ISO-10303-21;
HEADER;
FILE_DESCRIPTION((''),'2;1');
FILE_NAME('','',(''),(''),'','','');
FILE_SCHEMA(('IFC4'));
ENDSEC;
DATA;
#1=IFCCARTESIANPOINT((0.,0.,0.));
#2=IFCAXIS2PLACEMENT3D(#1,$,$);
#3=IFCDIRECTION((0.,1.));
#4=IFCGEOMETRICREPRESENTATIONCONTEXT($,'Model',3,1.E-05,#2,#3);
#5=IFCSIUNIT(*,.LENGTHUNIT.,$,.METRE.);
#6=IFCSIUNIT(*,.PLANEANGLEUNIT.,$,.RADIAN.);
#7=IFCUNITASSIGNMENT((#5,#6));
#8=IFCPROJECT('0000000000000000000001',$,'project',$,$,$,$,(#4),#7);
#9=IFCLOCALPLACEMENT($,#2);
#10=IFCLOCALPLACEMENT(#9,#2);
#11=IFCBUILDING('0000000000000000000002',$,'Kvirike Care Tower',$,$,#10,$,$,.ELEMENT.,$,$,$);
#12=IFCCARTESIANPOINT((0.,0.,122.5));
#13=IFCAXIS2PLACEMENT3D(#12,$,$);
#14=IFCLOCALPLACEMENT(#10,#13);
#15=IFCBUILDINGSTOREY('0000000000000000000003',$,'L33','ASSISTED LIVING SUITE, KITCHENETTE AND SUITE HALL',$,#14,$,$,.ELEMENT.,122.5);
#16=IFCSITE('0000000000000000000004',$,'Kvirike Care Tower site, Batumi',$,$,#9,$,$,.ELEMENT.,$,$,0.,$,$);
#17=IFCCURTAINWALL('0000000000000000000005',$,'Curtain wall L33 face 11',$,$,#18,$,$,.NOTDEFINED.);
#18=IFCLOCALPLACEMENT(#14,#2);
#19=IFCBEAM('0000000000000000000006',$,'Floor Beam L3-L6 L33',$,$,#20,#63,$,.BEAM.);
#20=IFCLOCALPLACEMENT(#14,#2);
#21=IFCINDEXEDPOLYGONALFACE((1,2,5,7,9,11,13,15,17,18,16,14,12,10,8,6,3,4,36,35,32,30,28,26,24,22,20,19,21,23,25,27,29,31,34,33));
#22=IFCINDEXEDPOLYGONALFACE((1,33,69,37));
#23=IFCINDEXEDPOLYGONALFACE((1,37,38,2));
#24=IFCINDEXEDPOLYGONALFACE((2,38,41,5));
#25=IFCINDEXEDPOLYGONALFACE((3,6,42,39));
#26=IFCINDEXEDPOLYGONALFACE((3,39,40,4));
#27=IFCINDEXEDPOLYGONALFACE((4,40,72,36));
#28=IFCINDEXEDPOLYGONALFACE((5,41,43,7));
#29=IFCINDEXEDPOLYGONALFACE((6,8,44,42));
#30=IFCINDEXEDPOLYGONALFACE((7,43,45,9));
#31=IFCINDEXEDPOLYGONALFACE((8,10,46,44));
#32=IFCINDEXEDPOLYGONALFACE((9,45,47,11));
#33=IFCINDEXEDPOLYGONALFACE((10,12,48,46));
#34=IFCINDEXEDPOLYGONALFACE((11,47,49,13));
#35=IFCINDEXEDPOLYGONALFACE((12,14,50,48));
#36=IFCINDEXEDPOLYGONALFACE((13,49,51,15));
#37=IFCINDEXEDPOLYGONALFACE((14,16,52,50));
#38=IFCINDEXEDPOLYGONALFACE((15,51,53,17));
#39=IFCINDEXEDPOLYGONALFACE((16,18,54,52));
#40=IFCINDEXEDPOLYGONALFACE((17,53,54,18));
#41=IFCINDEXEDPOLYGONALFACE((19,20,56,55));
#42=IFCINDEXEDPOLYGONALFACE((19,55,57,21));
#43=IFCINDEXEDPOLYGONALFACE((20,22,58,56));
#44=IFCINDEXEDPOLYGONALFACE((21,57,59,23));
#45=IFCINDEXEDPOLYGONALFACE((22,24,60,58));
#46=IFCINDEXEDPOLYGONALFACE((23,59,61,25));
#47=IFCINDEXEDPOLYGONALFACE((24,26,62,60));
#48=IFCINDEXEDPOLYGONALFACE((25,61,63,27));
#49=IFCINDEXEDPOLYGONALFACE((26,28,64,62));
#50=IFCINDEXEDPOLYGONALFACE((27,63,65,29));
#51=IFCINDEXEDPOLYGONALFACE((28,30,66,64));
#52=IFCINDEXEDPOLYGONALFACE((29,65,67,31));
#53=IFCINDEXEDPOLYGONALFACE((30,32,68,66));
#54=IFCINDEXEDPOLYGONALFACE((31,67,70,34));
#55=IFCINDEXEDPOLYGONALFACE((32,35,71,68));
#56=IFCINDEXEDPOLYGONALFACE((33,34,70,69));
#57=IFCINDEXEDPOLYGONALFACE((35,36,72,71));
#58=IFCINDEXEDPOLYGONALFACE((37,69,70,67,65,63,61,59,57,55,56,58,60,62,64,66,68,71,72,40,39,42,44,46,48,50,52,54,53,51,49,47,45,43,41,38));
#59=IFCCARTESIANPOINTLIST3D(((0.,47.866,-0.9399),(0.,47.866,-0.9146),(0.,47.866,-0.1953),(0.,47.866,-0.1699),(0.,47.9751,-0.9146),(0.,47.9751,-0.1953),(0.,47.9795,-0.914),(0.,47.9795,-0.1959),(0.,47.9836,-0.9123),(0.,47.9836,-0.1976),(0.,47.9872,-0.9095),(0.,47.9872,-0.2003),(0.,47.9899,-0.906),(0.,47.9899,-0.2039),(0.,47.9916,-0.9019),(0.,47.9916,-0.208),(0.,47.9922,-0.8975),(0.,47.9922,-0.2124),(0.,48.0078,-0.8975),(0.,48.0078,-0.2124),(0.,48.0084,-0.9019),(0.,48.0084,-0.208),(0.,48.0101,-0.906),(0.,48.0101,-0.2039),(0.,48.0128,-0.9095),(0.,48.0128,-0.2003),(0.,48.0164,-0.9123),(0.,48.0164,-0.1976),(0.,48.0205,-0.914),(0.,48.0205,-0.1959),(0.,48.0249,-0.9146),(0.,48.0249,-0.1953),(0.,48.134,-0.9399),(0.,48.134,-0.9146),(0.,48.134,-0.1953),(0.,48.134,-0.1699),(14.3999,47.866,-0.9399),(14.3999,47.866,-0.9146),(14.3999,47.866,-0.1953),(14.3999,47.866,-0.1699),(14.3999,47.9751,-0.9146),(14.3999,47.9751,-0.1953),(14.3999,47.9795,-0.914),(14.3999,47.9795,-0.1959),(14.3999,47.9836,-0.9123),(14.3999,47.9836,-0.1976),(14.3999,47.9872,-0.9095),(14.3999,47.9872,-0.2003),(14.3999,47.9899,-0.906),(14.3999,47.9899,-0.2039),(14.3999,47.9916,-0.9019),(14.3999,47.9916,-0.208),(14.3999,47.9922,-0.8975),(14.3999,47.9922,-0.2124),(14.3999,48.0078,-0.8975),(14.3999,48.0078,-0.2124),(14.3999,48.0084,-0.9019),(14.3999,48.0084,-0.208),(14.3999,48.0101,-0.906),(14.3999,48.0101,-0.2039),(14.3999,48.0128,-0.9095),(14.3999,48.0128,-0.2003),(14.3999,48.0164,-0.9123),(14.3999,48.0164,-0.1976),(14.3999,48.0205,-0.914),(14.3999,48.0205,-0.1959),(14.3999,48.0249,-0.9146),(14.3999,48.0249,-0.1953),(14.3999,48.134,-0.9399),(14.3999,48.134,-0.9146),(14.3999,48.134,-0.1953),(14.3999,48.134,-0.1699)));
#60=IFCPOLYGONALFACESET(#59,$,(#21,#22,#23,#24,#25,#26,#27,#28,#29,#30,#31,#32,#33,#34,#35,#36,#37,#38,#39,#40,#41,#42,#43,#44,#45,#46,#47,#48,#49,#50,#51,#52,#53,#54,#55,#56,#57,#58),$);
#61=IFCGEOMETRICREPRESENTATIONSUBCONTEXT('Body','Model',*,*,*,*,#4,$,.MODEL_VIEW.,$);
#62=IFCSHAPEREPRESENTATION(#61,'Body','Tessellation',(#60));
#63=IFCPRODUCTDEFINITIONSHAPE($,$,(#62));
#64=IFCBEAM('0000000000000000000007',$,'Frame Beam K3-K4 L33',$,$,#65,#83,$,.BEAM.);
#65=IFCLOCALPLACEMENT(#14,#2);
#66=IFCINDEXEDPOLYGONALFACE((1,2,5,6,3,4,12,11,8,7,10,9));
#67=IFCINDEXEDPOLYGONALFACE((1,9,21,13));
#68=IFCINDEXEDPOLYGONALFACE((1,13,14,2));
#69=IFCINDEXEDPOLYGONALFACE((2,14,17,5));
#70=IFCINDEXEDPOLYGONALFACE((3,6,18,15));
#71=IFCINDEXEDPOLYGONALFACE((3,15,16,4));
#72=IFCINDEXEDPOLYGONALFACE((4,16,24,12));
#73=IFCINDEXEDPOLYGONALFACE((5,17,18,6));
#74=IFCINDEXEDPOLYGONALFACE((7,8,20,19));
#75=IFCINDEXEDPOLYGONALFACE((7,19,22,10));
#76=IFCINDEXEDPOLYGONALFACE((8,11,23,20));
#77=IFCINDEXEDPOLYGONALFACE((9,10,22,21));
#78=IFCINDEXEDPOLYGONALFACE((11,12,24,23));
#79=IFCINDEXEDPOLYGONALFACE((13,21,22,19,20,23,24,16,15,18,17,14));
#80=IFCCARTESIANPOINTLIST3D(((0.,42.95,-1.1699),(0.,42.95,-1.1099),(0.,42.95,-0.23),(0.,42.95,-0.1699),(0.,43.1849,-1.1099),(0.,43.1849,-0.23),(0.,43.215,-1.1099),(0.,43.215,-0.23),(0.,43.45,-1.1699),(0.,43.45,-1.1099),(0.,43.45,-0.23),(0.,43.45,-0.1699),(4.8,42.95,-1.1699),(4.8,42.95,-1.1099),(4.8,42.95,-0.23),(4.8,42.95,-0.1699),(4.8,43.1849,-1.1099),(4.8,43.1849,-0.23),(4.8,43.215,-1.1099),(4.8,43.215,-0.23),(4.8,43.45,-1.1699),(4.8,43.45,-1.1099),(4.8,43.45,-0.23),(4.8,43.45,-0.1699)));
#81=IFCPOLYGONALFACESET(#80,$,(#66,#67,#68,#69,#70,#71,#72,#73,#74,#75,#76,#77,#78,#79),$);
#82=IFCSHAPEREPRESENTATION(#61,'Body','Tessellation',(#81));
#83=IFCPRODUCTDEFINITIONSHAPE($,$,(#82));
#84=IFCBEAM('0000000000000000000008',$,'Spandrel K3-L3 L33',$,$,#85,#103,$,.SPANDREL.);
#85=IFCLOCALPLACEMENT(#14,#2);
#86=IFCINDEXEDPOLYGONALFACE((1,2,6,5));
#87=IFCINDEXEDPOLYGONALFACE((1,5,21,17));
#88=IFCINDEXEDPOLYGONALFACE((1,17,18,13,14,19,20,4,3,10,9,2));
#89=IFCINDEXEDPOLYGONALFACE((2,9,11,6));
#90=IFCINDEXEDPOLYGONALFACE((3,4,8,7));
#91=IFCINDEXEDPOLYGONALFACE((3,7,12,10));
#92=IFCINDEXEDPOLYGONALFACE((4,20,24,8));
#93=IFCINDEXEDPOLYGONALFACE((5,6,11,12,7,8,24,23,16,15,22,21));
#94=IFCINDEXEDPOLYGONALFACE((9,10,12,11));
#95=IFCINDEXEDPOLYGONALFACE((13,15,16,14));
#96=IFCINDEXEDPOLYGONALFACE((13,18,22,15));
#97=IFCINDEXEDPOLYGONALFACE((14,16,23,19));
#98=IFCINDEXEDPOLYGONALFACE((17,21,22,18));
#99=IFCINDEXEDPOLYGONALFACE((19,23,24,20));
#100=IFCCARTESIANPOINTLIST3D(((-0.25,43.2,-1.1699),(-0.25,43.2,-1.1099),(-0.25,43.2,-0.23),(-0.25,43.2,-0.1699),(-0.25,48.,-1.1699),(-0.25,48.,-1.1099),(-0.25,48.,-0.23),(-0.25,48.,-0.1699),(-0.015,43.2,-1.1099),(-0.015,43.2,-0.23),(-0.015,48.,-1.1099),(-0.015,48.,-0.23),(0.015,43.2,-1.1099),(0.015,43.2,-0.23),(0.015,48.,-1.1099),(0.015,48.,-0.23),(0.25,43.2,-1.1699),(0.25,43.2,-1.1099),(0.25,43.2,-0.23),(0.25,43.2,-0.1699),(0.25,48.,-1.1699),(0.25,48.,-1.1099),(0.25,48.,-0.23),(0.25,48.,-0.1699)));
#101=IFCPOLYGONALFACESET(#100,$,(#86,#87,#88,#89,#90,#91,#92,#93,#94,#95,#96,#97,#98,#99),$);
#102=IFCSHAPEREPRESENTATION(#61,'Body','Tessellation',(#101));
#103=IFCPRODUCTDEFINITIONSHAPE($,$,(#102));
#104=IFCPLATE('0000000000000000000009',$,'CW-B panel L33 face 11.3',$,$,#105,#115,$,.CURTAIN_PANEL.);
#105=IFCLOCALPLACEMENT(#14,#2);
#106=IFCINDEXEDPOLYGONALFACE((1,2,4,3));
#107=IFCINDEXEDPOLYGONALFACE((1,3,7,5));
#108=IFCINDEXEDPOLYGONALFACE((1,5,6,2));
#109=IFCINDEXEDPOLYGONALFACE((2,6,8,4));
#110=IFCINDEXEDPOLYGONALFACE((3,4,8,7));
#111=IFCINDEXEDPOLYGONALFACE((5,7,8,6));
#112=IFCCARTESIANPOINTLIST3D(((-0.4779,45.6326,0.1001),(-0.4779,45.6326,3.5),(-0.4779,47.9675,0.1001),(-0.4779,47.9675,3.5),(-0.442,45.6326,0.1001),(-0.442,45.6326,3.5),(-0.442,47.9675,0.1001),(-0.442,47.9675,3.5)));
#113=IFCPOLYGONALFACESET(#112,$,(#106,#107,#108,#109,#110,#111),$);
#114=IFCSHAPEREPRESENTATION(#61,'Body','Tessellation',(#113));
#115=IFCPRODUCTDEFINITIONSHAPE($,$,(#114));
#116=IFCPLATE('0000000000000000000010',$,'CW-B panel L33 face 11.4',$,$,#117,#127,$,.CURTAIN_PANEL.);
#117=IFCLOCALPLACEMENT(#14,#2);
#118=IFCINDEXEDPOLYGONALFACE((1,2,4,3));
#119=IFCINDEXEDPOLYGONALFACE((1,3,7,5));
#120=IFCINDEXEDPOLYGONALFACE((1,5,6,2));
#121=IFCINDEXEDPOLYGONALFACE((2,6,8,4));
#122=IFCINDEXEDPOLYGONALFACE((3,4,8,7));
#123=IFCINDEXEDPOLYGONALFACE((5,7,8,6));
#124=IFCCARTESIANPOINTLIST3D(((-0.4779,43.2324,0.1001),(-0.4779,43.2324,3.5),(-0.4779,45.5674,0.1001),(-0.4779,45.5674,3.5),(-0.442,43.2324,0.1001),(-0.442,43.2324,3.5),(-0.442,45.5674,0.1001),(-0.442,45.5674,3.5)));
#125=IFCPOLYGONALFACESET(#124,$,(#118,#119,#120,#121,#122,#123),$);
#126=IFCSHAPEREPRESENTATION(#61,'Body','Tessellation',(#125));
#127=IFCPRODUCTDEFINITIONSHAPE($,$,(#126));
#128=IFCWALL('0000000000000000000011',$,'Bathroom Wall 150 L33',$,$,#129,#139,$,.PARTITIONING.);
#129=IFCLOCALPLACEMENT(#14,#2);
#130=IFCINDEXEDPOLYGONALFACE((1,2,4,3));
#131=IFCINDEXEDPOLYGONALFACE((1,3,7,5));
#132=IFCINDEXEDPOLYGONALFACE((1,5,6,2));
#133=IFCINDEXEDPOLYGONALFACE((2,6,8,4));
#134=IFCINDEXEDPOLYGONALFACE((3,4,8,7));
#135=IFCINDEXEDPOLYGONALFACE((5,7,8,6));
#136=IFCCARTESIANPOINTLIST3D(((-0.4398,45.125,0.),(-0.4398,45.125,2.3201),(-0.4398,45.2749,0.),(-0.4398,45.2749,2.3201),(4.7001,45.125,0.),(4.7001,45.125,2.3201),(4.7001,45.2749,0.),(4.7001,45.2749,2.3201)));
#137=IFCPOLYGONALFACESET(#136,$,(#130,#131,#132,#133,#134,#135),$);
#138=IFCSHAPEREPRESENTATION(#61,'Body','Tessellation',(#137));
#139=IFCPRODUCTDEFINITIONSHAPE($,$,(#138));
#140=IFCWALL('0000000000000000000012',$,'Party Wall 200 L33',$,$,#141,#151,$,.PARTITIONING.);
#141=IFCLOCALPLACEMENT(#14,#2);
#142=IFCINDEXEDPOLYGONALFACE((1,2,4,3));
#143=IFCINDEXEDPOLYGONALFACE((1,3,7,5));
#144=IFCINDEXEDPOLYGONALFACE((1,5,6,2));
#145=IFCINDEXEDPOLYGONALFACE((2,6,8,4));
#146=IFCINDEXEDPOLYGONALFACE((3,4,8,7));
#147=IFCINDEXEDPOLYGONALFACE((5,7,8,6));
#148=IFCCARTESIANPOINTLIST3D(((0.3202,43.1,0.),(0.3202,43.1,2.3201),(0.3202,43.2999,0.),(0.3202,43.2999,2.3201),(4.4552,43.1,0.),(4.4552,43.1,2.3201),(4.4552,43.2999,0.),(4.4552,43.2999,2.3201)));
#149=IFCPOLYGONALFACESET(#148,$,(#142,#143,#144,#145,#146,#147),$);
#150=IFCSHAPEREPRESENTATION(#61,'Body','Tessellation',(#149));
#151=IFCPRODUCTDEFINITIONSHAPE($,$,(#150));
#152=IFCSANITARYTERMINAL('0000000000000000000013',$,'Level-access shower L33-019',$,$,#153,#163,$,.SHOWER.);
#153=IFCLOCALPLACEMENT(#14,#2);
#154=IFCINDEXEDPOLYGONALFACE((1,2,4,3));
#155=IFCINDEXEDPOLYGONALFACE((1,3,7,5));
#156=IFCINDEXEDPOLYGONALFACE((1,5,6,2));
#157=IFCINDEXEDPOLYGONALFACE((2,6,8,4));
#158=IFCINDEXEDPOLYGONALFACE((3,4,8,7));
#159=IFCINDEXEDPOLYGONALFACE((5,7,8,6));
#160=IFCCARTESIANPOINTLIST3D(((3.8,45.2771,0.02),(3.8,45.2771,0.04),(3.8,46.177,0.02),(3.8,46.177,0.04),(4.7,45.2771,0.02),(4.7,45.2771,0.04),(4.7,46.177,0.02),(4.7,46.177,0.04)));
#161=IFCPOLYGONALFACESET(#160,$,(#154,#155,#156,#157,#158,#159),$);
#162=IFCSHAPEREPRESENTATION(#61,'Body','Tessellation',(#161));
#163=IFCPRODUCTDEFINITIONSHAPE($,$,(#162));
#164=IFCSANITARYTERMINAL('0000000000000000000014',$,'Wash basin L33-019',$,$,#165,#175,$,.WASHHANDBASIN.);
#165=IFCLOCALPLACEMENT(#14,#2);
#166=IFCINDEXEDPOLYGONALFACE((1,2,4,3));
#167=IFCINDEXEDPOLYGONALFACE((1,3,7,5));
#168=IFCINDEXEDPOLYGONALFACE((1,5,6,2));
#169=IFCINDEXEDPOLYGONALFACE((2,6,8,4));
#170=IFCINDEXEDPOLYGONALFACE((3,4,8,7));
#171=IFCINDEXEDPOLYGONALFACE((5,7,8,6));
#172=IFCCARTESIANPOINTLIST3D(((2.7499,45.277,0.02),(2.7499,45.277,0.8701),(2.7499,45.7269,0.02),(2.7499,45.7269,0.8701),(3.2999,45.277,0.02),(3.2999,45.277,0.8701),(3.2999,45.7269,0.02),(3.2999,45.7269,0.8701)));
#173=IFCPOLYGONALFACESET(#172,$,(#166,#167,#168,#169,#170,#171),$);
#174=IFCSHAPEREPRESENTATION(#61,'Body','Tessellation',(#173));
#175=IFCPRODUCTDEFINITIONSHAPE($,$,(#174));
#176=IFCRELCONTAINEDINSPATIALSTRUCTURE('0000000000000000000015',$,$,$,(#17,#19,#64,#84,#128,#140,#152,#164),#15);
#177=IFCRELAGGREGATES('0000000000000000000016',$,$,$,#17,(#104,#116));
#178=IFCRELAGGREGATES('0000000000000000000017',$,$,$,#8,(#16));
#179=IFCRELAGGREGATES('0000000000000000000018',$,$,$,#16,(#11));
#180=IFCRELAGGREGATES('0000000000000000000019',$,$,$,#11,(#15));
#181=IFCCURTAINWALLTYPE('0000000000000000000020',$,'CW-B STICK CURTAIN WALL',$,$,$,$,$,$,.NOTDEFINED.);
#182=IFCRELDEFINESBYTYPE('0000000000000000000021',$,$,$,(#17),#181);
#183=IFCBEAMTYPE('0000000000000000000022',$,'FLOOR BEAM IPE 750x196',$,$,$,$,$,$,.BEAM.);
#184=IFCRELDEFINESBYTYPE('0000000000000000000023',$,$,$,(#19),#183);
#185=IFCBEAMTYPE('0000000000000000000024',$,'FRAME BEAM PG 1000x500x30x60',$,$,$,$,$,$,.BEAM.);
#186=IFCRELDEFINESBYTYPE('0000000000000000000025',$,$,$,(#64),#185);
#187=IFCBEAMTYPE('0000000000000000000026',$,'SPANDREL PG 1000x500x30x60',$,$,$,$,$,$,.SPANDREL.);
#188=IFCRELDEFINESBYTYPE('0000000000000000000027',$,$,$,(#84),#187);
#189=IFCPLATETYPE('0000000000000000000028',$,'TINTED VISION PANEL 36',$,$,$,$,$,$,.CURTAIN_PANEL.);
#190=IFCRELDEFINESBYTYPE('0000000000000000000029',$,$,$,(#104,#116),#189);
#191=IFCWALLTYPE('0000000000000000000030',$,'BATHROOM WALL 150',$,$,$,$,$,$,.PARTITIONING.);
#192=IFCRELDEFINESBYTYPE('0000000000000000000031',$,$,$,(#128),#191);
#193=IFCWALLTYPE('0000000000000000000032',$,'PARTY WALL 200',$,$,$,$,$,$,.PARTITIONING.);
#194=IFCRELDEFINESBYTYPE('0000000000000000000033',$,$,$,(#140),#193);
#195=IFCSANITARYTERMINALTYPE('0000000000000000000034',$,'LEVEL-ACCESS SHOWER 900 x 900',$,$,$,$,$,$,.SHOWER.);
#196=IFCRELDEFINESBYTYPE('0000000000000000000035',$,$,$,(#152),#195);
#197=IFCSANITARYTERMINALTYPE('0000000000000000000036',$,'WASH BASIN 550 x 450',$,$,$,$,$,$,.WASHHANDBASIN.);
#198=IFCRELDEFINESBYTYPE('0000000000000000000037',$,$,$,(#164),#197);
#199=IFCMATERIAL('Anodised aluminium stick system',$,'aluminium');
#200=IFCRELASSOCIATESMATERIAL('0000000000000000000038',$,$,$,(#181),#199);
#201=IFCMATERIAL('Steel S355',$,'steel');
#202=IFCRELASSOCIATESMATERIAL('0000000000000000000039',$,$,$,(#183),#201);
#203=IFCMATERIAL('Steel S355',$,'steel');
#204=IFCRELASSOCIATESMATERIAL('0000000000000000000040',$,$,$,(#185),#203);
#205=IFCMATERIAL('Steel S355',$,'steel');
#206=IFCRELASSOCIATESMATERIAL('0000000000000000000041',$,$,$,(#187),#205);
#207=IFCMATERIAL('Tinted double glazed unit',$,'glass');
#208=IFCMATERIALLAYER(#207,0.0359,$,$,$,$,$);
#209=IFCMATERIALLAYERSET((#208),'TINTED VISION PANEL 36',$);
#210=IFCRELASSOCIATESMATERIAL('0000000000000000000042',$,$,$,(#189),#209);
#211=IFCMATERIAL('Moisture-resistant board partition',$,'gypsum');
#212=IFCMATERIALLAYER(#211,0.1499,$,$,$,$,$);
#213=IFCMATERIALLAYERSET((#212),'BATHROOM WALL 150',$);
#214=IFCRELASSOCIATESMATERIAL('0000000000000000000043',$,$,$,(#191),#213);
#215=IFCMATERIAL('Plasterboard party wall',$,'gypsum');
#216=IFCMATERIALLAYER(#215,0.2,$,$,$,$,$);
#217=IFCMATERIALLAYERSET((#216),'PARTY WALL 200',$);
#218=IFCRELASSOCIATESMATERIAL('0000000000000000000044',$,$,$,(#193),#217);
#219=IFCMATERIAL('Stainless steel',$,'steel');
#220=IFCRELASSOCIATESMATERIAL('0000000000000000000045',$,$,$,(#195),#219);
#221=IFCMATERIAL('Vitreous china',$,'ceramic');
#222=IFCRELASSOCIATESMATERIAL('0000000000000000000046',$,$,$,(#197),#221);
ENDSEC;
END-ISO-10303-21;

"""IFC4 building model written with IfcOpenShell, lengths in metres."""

from ifc_helpers import new_model, si_unit, direction, frame, frame_2d, origin, origin_2d, place, context, subcontext, project, spatial, rectangle, i_section, extrude, material, layer, layer_set, material_profile, profile_set, type_object, element, aggregate, save


model = new_model("IFC4")

# Units and contexts
model_context = context("Model", 3, precision=1e-05, world=origin(), true_north=direction((0.0, 1.0)))
body_context = subcontext(model_context, "Body", "Model", "MODEL_VIEW")
ifc_project = project(units=[si_unit("LENGTHUNIT", "METRE"), si_unit("PLANEANGLEUNIT", "RADIAN")], contexts=[model_context])

# Site, building, storey
site_placement = place(None, origin())
site = spatial("IfcSite", under=ifc_project, at=site_placement, Name="Kvirike Care Tower site, Batumi", CompositionType="ELEMENT", RefElevation=0.0)
building_placement = place(site_placement, origin())
building = spatial("IfcBuilding", under=site, at=building_placement, Name="Kvirike Care Tower", CompositionType="ELEMENT")
storey_placement = place(building_placement, frame((0.0, 0.0, 122.5)))
storey = spatial("IfcBuildingStorey", under=building, at=storey_placement, Name="L33", Description="ASSISTED LIVING SUITE, KITCHENETTE AND SUITE HALL", CompositionType="ELEMENT", Elevation=122.5)

# Curtain wall
ifc_material_1 = material(Name="Anodised aluminium stick system", Category="aluminium")
curtain_wall_type = type_object("IfcCurtainWallType", Name="CW-B STICK CURTAIN WALL", PredefinedType="NOTDEFINED", material=ifc_material_1)
curtain_wall_placement = place(storey_placement, origin())
curtain_wall = element("IfcCurtainWall", 1, at=curtain_wall_placement, inside=storey, type_object=curtain_wall_type, Name="Curtain wall L33 face 11", PredefinedType="NOTDEFINED")

# Beams
ifc_material_2 = material(Name="Steel S355", Category="steel")
ifc_material_profile_1 = material_profile(ifc_material_2, i_section(OverallWidth=0.2681, OverallDepth=0.77, WebThickness=0.0156, FlangeThickness=0.0254, FilletRadius=0.0171, at=origin_2d()), Name="IPE 750x196")
ifc_profile_set_1 = profile_set([ifc_material_profile_1], Name="Steel S355")
beam_type_1 = type_object("IfcBeamType", Name="FLOOR BEAM IPE 750x196", PredefinedType="BEAM", material=ifc_profile_set_1)
beam_1_placement = place(storey_placement, frame((0.0, 48.0, -0.5549), z_axis=(1.0, 0.0, 0.0), x_axis=(0.0, 1.0, 0.0)))
element("IfcBeam", 2, at=beam_1_placement, inside=storey, type_object=beam_type_1, Name="Floor Beam L3-L6 L33", PredefinedType="BEAM", context=body_context, shape_type="SweptSolid", body=[
    extrude(i_section(OverallWidth=0.2681, OverallDepth=0.77, WebThickness=0.0156, FlangeThickness=0.0254, FilletRadius=0.0171, at=origin_2d()), origin(), (0.0, 0.0, 1.0), 14.3999),
])
ifc_material_3 = material(Name="Steel S355", Category="steel")
ifc_material_profile_2 = material_profile(ifc_material_3, i_section(OverallWidth=0.5, OverallDepth=1.0, WebThickness=0.03, FlangeThickness=0.0601, at=origin_2d()), Name="PG 1000x500x30x60")
ifc_profile_set_2 = profile_set([ifc_material_profile_2], Name="Steel S355")
beam_type_2 = type_object("IfcBeamType", Name="FRAME BEAM PG 1000x500x30x60", PredefinedType="BEAM", material=ifc_profile_set_2)
beam_2_placement = place(storey_placement, frame((0.0, 43.2, -0.6699), z_axis=(1.0, 0.0, 0.0), x_axis=(0.0, 1.0, 0.0)))
element("IfcBeam", 3, at=beam_2_placement, inside=storey, type_object=beam_type_2, Name="Frame Beam K3-K4 L33", PredefinedType="BEAM", context=body_context, shape_type="SweptSolid", body=[
    extrude(i_section(OverallWidth=0.5, OverallDepth=1.0, WebThickness=0.03, FlangeThickness=0.0601, at=origin_2d()), origin(), (0.0, 0.0, 1.0), 4.8),
])
ifc_material_4 = material(Name="Steel S355", Category="steel")
ifc_material_profile_3 = material_profile(ifc_material_4, i_section(OverallWidth=0.5, OverallDepth=1.0, WebThickness=0.03, FlangeThickness=0.0601, at=origin_2d()), Name="PG 1000x500x30x60")
ifc_profile_set_3 = profile_set([ifc_material_profile_3], Name="Steel S355")
beam_type_3 = type_object("IfcBeamType", Name="SPANDREL PG 1000x500x30x60", PredefinedType="SPANDREL", material=ifc_profile_set_3)
beam_3_placement = place(storey_placement, frame((0.0, 43.2, -0.6699), z_axis=(0.0, 1.0, 0.0), x_axis=(-1.0, 0.0, 0.0)))
element("IfcBeam", 4, at=beam_3_placement, inside=storey, type_object=beam_type_3, Name="Spandrel K3-L3 L33", PredefinedType="SPANDREL", context=body_context, shape_type="SweptSolid", body=[
    extrude(i_section(OverallWidth=0.5, OverallDepth=1.0, WebThickness=0.03, FlangeThickness=0.0601, at=origin_2d()), origin(), (0.0, 0.0, 1.0), 4.8),
])

# Plates
ifc_material_5 = material(Name="Tinted double glazed unit", Category="glass")
ifc_layer_1 = layer(ifc_material_5, 0.0359)
ifc_layer_set_1 = layer_set([ifc_layer_1], Name="TINTED VISION PANEL 36")
plate_type = type_object("IfcPlateType", Name="TINTED VISION PANEL 36", PredefinedType="CURTAIN_PANEL", material=ifc_layer_set_1)
plate_1_placement = place(storey_placement, frame((-0.46, 46.8, 0.1001), z_axis=(0.0, 0.0, 1.0), x_axis=(0.0, -1.0, 0.0)))
plate_1 = element("IfcPlate", 5, at=plate_1_placement, type_object=plate_type, Name="CW-B panel L33 face 11.3", PredefinedType="CURTAIN_PANEL", context=body_context, shape_type="SweptSolid", body=[
    extrude(rectangle(XDim=2.335, YDim=0.0359, at=origin_2d()), origin(), (0.0, 0.0, 1.0), 3.3999),
])
plate_2_placement = place(storey_placement, frame((-0.46, 44.3999, 0.1001), z_axis=(0.0, 0.0, 1.0), x_axis=(0.0, -1.0, 0.0)))
plate_2 = element("IfcPlate", 6, at=plate_2_placement, type_object=plate_type, Name="CW-B panel L33 face 11.4", PredefinedType="CURTAIN_PANEL", context=body_context, shape_type="SweptSolid", body=[
    extrude(rectangle(XDim=2.335, YDim=0.0359, at=origin_2d()), origin(), (0.0, 0.0, 1.0), 3.3999),
])
aggregate(curtain_wall, [plate_1, plate_2])

# Walls
ifc_material_6 = material(Name="Moisture-resistant board partition", Category="gypsum")
ifc_layer_2 = layer(ifc_material_6, 0.1499)
ifc_layer_set_2 = layer_set([ifc_layer_2], Name="BATHROOM WALL 150")
wall_type_1 = type_object("IfcWallType", Name="BATHROOM WALL 150", PredefinedType="PARTITIONING", material=ifc_layer_set_2)
wall_1_placement = place(storey_placement, frame((4.7, 45.2, 0.0), z_axis=(0.0, 0.0, 1.0), x_axis=(-1.0, 0.0, 0.0)))
element("IfcWall", 7, at=wall_1_placement, inside=storey, type_object=wall_type_1, Name="Bathroom Wall 150 L33", PredefinedType="PARTITIONING", context=body_context, shape_type="SweptSolid", body=[
    extrude(rectangle(XDim=5.1399, YDim=0.1499, at=frame_2d((2.5698, 0.0))), origin(), (0.0, 0.0, 1.0), 2.3201),
])
ifc_material_7 = material(Name="Plasterboard party wall", Category="gypsum")
ifc_layer_3 = layer(ifc_material_7, 0.2)
ifc_layer_set_3 = layer_set([ifc_layer_3], Name="PARTY WALL 200")
wall_type_2 = type_object("IfcWallType", Name="PARTY WALL 200", PredefinedType="PARTITIONING", material=ifc_layer_set_3)
wall_2_placement = place(storey_placement, frame((4.4551, 43.2, 0.0), z_axis=(0.0, 0.0, 1.0), x_axis=(-1.0, 0.0, 0.0)))
element("IfcWall", 8, at=wall_2_placement, inside=storey, type_object=wall_type_2, Name="Party Wall 200 L33", PredefinedType="PARTITIONING", context=body_context, shape_type="SweptSolid", body=[
    extrude(rectangle(XDim=4.135, YDim=0.2, at=frame_2d((2.0674, 0.0))), origin(), (0.0, 0.0, 1.0), 2.3201),
])

# Sanitary terminals
ifc_material_8 = material(Name="Stainless steel", Category="steel")
sanitary_terminal_type_1 = type_object("IfcSanitaryTerminalType", Name="LEVEL-ACCESS SHOWER 900 x 900", PredefinedType="SHOWER", material=ifc_material_8)
sanitary_terminal_1_placement = place(storey_placement, frame((4.25, 45.7271, 0.02), z_axis=(0.0, 0.0, 1.0), x_axis=(-1.0, 0.0, 0.0)))
element("IfcSanitaryTerminal", 9, at=sanitary_terminal_1_placement, inside=storey, type_object=sanitary_terminal_type_1, Name="Level-access shower L33-019", PredefinedType="SHOWER", context=body_context, shape_type="SweptSolid", body=[
    extrude(rectangle(XDim=0.8999, YDim=0.8999, at=origin_2d()), origin(), (0.0, 0.0, 1.0), 0.02),
])
ifc_material_9 = material(Name="Vitreous china", Category="ceramic")
sanitary_terminal_type_2 = type_object("IfcSanitaryTerminalType", Name="WASH BASIN 550 x 450", PredefinedType="WASHHANDBASIN", material=ifc_material_9)
sanitary_terminal_2_placement = place(storey_placement, frame((3.0249, 45.502, 0.02), z_axis=(0.0, 0.0, 1.0), x_axis=(-1.0, 0.0, 0.0)))
element("IfcSanitaryTerminal", 10, at=sanitary_terminal_2_placement, inside=storey, type_object=sanitary_terminal_type_2, Name="Wash basin L33-019", PredefinedType="WASHHANDBASIN", context=body_context, shape_type="SweptSolid", body=[
    extrude(rectangle(XDim=0.55, YDim=0.45, at=origin_2d()), origin(), (0.0, 0.0, 1.0), 0.8501),
])

save(model, "model.ifc")
